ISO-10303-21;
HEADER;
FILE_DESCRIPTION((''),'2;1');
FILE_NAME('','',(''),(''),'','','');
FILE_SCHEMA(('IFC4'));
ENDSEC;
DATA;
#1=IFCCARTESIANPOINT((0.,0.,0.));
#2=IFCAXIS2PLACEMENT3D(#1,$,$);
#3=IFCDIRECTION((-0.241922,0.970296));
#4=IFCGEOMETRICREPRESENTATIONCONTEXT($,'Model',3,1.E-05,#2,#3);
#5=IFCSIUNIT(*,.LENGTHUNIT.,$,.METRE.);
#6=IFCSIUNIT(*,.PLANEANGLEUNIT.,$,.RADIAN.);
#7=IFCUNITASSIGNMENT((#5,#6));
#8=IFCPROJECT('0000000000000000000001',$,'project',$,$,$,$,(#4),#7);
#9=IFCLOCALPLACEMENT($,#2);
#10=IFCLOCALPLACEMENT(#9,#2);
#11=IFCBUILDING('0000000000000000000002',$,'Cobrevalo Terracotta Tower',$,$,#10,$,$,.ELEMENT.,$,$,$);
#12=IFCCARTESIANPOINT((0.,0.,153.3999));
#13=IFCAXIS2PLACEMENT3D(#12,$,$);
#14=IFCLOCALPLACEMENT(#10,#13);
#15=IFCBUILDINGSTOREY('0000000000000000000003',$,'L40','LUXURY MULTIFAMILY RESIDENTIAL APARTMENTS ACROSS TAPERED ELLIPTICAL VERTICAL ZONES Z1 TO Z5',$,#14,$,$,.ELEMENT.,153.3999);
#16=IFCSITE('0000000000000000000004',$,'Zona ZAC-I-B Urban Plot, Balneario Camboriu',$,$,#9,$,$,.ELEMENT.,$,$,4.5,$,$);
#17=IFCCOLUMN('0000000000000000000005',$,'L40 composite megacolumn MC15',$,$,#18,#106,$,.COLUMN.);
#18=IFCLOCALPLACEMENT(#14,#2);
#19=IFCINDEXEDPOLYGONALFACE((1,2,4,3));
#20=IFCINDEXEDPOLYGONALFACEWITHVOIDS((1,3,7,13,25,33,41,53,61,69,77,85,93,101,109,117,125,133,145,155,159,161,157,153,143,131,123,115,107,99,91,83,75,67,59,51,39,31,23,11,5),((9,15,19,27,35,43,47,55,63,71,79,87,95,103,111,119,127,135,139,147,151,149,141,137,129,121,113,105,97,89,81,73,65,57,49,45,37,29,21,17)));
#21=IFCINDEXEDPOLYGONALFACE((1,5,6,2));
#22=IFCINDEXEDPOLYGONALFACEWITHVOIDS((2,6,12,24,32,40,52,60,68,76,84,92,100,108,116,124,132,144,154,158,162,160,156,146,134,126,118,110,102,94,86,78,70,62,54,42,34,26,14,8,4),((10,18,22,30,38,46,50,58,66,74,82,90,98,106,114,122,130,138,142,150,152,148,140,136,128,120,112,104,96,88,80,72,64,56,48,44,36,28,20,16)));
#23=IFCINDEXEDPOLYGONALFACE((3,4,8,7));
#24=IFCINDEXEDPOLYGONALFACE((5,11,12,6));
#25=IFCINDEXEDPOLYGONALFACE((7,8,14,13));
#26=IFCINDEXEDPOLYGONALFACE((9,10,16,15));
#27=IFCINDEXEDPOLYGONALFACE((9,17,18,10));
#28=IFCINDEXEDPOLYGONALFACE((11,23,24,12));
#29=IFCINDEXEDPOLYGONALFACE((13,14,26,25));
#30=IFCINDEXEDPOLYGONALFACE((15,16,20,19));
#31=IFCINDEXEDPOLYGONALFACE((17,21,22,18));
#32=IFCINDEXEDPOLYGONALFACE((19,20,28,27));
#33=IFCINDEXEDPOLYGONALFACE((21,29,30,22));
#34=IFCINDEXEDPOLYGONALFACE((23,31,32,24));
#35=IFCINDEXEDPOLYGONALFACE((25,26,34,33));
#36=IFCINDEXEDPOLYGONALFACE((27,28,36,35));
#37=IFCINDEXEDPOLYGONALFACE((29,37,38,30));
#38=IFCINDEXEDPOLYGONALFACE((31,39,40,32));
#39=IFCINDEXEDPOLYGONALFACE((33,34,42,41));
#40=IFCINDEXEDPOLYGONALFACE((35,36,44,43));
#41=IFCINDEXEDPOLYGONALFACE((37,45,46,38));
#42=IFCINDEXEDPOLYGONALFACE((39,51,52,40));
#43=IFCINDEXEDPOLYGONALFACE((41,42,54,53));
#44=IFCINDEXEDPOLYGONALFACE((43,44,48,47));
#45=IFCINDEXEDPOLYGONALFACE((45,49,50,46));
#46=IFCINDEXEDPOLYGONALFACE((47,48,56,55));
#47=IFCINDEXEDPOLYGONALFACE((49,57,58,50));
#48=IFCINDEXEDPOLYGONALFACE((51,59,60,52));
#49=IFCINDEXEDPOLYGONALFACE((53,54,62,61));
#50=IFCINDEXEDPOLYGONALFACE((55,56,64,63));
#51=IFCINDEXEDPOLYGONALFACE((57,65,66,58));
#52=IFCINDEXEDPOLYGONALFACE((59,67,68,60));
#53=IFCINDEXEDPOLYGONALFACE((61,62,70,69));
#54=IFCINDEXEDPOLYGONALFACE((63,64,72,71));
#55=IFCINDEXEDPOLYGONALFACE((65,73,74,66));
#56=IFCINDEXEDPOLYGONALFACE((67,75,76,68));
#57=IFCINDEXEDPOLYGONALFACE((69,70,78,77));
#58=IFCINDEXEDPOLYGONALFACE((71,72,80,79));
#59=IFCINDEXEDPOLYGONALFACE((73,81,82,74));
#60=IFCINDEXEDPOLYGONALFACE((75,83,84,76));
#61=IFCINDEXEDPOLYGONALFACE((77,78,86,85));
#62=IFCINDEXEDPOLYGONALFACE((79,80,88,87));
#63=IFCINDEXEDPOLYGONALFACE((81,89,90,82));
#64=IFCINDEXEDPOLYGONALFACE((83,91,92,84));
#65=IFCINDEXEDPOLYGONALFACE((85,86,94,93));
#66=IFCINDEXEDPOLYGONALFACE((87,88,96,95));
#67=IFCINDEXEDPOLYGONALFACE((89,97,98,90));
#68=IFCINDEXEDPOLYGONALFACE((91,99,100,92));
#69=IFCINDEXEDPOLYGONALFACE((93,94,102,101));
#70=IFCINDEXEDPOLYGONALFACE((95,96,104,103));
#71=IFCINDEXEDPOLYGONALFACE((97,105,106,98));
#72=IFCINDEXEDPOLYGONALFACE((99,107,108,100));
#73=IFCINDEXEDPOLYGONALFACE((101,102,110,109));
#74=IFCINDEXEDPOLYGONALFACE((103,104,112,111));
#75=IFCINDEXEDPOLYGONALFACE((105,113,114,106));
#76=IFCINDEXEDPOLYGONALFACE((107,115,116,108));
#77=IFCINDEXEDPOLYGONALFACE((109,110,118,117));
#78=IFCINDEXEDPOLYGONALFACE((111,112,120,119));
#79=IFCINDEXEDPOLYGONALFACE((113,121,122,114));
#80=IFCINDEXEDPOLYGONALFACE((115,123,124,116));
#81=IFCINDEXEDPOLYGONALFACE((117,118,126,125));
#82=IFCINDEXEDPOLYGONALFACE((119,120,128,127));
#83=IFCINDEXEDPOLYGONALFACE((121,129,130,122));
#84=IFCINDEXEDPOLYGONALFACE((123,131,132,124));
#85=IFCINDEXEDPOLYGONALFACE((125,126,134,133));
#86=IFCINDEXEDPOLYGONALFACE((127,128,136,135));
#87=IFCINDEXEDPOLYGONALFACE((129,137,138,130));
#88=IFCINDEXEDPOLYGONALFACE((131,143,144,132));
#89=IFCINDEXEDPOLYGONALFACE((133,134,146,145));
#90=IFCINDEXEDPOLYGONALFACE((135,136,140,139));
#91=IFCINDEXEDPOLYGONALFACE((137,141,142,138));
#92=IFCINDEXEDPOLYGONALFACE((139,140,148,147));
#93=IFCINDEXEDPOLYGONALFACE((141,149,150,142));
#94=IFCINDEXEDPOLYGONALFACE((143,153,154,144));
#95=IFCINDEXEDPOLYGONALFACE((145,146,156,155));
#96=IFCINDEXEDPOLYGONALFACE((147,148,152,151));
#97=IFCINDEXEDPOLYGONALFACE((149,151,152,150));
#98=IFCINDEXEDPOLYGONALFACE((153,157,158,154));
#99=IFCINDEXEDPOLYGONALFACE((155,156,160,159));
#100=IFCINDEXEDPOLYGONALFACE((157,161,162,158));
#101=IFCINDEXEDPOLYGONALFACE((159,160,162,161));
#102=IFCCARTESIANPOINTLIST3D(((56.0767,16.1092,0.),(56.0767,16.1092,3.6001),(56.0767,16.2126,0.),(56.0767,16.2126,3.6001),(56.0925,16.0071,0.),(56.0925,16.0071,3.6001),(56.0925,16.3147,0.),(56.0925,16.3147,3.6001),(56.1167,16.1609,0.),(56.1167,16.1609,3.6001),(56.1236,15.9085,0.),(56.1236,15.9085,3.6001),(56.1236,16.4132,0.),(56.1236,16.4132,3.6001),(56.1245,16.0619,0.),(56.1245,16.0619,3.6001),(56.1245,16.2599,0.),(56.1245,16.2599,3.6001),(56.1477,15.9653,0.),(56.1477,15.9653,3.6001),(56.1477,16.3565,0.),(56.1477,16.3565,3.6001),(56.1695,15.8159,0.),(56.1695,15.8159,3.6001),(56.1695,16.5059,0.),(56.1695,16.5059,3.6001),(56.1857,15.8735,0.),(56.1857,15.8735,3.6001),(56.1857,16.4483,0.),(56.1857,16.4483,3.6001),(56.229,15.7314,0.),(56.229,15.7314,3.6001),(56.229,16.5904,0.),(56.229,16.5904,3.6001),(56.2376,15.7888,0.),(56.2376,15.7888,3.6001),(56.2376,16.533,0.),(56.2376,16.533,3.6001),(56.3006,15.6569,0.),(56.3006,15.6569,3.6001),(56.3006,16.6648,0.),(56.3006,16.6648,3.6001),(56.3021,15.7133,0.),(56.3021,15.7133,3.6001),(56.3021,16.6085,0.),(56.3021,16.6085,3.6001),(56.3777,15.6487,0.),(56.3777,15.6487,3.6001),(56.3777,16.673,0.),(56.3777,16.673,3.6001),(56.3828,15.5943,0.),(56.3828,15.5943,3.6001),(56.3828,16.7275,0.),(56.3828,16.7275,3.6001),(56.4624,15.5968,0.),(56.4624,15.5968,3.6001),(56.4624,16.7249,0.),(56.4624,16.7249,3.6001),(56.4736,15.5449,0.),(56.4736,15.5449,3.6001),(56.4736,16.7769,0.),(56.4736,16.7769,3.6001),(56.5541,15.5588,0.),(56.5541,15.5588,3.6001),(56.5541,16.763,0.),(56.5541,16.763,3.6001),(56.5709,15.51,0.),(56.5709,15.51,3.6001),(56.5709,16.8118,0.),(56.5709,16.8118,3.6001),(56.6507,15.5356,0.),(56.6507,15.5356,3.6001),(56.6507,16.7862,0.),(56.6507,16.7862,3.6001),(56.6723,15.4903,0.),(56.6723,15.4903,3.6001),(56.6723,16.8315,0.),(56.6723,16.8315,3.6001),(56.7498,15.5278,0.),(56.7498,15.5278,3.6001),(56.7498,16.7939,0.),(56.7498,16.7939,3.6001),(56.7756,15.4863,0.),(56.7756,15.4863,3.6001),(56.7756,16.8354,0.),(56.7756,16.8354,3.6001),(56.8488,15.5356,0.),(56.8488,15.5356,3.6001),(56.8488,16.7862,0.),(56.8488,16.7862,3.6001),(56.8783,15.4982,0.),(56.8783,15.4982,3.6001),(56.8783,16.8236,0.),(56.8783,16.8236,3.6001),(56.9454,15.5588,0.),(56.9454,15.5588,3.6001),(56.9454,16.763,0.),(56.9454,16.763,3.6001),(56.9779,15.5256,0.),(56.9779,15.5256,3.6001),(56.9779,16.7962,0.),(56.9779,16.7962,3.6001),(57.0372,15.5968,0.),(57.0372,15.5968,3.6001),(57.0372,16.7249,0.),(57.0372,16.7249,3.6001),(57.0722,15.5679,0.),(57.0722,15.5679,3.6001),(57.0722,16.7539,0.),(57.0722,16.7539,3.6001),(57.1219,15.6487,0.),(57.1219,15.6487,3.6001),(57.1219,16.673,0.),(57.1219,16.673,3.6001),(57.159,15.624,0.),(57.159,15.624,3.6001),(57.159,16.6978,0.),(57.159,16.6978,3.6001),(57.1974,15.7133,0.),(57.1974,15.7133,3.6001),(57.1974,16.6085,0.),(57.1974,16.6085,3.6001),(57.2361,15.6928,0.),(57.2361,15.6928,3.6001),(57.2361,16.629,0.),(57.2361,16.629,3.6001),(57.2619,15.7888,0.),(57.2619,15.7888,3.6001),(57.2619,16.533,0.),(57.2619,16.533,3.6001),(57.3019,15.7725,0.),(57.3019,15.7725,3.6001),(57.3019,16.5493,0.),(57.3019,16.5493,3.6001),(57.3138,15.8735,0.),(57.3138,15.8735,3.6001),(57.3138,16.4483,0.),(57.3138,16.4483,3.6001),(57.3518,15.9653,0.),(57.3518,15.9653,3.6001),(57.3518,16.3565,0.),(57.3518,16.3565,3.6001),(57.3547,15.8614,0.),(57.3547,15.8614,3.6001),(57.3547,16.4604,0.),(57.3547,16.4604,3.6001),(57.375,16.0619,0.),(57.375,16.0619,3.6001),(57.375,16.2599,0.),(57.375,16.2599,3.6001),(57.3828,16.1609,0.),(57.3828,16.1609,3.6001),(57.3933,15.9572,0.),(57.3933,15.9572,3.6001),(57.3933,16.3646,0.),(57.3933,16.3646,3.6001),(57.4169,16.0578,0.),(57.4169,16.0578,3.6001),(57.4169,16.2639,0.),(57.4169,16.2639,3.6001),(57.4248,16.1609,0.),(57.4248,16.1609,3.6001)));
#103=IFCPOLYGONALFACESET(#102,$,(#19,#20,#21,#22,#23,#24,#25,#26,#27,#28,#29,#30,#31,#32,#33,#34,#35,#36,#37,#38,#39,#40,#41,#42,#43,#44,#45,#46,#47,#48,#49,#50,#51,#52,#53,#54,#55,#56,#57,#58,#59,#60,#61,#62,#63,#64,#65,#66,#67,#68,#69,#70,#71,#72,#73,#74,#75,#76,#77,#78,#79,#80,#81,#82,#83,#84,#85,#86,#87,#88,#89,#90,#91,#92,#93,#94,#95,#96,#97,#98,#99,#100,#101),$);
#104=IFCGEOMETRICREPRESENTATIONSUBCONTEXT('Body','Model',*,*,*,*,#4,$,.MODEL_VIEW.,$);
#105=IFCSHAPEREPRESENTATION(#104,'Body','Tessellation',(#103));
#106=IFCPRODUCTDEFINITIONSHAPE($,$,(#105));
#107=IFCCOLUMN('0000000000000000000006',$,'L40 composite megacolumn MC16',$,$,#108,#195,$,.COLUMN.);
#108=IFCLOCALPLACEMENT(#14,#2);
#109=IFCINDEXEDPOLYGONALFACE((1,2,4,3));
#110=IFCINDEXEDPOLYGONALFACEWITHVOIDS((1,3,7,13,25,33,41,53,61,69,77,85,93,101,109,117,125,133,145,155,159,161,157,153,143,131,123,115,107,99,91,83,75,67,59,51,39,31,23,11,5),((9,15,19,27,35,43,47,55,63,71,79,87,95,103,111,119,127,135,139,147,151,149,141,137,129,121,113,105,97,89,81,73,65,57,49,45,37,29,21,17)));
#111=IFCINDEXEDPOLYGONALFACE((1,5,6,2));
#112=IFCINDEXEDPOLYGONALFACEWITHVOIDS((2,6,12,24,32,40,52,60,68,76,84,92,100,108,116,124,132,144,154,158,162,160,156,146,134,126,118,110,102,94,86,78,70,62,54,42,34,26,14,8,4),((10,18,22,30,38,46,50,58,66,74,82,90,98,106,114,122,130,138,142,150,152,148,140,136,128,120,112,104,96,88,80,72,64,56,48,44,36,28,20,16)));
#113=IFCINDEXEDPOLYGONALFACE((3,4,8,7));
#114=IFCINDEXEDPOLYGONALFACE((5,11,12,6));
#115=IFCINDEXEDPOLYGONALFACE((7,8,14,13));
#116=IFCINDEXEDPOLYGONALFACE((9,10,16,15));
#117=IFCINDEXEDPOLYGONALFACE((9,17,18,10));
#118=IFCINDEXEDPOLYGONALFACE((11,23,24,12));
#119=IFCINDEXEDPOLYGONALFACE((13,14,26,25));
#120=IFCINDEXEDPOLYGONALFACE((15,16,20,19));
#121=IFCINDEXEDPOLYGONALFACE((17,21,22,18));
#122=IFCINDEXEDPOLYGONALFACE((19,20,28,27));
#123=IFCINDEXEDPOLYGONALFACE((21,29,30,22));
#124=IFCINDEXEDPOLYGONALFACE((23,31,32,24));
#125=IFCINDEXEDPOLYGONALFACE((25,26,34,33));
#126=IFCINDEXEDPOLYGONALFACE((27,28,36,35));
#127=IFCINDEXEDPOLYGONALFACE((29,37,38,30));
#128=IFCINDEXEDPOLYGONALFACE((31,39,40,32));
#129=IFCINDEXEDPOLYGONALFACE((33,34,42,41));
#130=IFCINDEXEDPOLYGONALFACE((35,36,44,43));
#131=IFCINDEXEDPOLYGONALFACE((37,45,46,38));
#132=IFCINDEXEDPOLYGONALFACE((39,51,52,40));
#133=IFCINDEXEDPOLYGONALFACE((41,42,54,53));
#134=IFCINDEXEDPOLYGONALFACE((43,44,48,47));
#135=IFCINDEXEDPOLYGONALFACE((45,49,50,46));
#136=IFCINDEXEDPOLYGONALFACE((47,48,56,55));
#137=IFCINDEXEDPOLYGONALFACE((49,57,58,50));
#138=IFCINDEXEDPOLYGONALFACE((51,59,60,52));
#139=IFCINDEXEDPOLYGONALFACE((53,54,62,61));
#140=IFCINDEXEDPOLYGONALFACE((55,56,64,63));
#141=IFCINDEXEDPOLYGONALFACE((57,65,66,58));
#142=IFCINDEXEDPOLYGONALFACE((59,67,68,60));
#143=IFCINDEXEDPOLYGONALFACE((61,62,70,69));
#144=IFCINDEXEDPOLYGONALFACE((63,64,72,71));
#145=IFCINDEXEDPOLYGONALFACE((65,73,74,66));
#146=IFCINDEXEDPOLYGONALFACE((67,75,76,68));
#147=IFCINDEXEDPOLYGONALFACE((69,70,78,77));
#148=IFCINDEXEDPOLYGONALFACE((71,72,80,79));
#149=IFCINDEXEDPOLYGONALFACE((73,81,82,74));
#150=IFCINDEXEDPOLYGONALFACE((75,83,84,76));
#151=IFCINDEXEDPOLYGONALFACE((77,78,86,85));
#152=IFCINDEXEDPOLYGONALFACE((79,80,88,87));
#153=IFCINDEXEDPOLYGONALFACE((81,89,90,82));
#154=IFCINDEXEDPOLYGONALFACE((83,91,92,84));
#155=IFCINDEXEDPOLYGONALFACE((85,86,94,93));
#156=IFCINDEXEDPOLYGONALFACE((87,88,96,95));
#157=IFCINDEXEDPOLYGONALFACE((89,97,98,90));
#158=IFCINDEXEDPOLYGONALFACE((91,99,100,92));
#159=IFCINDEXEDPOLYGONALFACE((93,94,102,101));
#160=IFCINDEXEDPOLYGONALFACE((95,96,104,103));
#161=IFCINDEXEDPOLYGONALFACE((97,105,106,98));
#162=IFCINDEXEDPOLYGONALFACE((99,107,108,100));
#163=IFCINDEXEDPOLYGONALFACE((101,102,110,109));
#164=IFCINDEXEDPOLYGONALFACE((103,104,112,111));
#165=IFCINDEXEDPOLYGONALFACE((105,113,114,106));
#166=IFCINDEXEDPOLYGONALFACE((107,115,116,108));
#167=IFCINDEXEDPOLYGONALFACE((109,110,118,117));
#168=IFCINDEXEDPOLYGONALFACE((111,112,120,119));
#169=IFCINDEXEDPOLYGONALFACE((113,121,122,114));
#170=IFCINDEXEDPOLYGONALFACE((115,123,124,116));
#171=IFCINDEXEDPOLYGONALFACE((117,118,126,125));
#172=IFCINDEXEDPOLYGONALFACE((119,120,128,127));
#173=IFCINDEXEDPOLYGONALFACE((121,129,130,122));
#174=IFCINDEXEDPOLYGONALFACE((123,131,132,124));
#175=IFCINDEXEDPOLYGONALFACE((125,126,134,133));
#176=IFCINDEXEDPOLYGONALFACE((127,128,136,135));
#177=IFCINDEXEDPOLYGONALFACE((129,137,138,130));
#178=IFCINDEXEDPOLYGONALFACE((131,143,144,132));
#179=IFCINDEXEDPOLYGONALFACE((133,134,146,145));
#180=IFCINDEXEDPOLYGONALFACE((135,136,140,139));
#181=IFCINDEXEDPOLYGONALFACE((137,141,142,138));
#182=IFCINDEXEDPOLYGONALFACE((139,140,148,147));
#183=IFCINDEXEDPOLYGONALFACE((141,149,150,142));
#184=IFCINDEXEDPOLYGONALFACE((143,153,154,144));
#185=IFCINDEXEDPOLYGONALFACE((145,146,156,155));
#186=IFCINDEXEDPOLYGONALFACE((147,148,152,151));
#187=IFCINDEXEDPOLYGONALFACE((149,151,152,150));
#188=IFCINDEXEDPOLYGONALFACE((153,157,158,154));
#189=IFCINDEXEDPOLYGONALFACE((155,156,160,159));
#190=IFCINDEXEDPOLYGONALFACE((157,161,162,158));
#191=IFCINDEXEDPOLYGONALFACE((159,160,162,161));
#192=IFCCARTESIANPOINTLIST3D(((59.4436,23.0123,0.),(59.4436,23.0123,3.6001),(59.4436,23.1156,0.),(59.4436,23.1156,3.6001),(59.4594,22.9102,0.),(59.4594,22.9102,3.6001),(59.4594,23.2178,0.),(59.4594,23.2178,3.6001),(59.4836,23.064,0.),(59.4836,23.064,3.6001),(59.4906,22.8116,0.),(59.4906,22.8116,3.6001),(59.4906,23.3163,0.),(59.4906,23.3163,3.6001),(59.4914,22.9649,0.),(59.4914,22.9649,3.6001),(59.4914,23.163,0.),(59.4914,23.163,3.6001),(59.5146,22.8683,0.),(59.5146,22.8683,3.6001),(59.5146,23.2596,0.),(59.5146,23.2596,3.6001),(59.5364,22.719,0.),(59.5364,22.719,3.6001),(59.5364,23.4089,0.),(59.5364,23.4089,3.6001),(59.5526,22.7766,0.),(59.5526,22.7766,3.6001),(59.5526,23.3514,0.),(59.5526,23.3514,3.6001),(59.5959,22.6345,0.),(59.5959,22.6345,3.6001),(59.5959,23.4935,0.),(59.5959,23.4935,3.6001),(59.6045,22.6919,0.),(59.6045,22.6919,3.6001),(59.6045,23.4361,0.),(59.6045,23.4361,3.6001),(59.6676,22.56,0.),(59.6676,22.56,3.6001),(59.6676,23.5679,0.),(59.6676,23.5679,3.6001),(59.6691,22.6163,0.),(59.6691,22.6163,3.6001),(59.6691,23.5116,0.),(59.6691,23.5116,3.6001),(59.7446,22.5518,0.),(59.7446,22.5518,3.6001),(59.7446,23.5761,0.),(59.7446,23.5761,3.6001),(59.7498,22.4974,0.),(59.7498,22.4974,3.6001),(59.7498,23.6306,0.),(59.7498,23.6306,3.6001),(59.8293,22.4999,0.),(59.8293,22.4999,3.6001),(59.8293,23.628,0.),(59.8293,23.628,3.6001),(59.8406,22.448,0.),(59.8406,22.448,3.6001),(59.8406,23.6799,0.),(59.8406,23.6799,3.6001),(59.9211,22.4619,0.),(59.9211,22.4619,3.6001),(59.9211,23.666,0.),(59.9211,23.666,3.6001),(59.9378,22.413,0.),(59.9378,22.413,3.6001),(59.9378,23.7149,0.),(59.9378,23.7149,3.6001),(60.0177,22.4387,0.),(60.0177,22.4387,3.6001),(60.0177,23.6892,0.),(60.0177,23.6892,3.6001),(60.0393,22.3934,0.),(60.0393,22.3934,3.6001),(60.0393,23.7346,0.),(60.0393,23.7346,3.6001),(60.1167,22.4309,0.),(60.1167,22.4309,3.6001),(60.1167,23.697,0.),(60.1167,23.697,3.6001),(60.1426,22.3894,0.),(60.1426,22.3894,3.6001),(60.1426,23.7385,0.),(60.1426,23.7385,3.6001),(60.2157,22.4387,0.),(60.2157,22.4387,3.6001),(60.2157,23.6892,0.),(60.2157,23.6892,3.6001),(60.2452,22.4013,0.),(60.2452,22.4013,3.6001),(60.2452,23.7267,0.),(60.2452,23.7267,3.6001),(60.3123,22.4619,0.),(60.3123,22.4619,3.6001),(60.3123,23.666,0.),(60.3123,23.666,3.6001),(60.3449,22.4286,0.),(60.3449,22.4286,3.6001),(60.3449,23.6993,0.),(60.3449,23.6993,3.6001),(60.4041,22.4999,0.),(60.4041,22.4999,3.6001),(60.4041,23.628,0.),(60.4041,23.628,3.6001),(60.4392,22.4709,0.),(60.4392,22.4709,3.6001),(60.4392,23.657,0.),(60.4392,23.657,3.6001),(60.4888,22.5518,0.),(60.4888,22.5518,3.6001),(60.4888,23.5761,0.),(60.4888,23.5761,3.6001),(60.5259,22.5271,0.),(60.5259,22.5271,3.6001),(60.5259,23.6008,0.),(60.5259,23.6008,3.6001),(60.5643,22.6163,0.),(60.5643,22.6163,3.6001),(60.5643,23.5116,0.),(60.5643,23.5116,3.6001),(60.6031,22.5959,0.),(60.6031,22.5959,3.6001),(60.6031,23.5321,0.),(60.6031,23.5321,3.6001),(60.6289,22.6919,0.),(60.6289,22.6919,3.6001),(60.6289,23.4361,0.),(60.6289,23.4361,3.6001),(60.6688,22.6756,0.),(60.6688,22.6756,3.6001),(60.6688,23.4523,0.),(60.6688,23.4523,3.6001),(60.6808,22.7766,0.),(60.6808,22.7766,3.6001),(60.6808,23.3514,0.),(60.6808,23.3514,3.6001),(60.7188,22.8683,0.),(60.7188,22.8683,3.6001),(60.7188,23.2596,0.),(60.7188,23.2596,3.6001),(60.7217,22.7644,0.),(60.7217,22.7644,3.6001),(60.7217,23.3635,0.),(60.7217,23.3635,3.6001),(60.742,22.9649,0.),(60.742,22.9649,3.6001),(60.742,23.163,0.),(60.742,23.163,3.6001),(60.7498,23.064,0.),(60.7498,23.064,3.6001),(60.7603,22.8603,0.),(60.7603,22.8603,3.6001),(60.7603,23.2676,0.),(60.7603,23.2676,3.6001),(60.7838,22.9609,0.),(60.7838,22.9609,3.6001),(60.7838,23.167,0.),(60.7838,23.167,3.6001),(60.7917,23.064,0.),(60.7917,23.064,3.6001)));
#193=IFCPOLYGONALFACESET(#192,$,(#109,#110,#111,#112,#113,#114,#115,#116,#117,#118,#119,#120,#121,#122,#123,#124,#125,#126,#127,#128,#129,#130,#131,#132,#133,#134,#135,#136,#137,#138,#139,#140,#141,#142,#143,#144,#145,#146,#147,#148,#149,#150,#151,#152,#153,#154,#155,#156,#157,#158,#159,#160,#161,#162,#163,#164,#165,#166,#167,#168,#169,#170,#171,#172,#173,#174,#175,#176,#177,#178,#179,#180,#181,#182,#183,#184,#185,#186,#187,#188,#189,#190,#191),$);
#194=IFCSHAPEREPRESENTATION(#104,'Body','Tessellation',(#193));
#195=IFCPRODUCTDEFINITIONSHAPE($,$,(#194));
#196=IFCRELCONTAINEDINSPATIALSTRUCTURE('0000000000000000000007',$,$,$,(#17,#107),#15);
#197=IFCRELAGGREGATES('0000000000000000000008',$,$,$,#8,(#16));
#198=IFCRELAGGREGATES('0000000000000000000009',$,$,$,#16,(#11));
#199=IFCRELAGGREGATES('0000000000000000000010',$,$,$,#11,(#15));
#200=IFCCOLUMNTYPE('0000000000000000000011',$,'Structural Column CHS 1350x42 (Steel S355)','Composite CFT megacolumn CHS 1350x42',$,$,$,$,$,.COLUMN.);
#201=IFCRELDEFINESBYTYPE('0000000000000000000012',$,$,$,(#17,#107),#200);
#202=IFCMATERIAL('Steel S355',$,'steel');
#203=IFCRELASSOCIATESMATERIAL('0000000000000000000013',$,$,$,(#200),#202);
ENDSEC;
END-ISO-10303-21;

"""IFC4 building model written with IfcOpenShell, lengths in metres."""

from ifc_helpers import new_model, si_unit, direction, frame, origin, origin_2d, place, context, subcontext, project, spatial, hollow_circle, extrude, material, material_profile, profile_set, type_object, element, save


model = new_model("IFC4")

# Units and contexts
model_context = context("Model", 3, precision=1e-05, world=origin(), true_north=direction((-0.241922, 0.970296)))
body_context = subcontext(model_context, "Body", "Model", "MODEL_VIEW")
ifc_project = project(units=[si_unit("LENGTHUNIT", "METRE"), si_unit("PLANEANGLEUNIT", "RADIAN")], contexts=[model_context])

# Site, building, storey
site_placement = place(None, origin())
site = spatial("IfcSite", under=ifc_project, at=site_placement, Name="Zona ZAC-I-B Urban Plot, Balneario Camboriu", CompositionType="ELEMENT", RefElevation=4.5)
building_placement = place(site_placement, origin())
building = spatial("IfcBuilding", under=site, at=building_placement, Name="Cobrevalo Terracotta Tower", CompositionType="ELEMENT")
storey_placement = place(building_placement, frame((0.0, 0.0, 153.3999)))
storey = spatial("IfcBuildingStorey", under=building, at=storey_placement, Name="L40", Description="LUXURY MULTIFAMILY RESIDENTIAL APARTMENTS ACROSS TAPERED ELLIPTICAL VERTICAL ZONES Z1 TO Z5", CompositionType="ELEMENT", Elevation=153.3999)

# Columns
ifc_material_1 = material(Name="Steel S355", Category="steel")
ifc_material_profile_1 = material_profile(ifc_material_1, hollow_circle(Radius=0.675, WallThickness=0.042, at=origin_2d()), Name="CHS 1350x42")
ifc_profile_set_1 = profile_set([ifc_material_profile_1], Name="Steel S355")
column_type = type_object("IfcColumnType", Name="Structural Column CHS 1350x42 (Steel S355)", Description="Composite CFT megacolumn CHS 1350x42", PredefinedType="COLUMN", material=ifc_profile_set_1)
for number, where, z_axis, x_axis, name in (
    (1, (56.7498, 16.1609, 0.0), (0.0, 0.0, 1.0), (1.0, 0.0, 0.0), "L40 composite megacolumn MC15"),
    (2, (60.1167, 23.064, 0.0), (0.0, 0.0, 1.0), (1.0, 0.0, 0.0), "L40 composite megacolumn MC16"),
):
    element("IfcColumn", number, at=place(storey_placement, frame(where, z_axis=z_axis, x_axis=x_axis)), inside=storey, type_object=column_type, Name=name, PredefinedType="COLUMN", context=body_context, shape_type="SweptSolid", body=[
        extrude(hollow_circle(Radius=0.675, WallThickness=0.042, at=origin_2d()), origin(), (0.0, 0.0, 1.0), 3.6001),
    ])

save(model, "model.ifc")
